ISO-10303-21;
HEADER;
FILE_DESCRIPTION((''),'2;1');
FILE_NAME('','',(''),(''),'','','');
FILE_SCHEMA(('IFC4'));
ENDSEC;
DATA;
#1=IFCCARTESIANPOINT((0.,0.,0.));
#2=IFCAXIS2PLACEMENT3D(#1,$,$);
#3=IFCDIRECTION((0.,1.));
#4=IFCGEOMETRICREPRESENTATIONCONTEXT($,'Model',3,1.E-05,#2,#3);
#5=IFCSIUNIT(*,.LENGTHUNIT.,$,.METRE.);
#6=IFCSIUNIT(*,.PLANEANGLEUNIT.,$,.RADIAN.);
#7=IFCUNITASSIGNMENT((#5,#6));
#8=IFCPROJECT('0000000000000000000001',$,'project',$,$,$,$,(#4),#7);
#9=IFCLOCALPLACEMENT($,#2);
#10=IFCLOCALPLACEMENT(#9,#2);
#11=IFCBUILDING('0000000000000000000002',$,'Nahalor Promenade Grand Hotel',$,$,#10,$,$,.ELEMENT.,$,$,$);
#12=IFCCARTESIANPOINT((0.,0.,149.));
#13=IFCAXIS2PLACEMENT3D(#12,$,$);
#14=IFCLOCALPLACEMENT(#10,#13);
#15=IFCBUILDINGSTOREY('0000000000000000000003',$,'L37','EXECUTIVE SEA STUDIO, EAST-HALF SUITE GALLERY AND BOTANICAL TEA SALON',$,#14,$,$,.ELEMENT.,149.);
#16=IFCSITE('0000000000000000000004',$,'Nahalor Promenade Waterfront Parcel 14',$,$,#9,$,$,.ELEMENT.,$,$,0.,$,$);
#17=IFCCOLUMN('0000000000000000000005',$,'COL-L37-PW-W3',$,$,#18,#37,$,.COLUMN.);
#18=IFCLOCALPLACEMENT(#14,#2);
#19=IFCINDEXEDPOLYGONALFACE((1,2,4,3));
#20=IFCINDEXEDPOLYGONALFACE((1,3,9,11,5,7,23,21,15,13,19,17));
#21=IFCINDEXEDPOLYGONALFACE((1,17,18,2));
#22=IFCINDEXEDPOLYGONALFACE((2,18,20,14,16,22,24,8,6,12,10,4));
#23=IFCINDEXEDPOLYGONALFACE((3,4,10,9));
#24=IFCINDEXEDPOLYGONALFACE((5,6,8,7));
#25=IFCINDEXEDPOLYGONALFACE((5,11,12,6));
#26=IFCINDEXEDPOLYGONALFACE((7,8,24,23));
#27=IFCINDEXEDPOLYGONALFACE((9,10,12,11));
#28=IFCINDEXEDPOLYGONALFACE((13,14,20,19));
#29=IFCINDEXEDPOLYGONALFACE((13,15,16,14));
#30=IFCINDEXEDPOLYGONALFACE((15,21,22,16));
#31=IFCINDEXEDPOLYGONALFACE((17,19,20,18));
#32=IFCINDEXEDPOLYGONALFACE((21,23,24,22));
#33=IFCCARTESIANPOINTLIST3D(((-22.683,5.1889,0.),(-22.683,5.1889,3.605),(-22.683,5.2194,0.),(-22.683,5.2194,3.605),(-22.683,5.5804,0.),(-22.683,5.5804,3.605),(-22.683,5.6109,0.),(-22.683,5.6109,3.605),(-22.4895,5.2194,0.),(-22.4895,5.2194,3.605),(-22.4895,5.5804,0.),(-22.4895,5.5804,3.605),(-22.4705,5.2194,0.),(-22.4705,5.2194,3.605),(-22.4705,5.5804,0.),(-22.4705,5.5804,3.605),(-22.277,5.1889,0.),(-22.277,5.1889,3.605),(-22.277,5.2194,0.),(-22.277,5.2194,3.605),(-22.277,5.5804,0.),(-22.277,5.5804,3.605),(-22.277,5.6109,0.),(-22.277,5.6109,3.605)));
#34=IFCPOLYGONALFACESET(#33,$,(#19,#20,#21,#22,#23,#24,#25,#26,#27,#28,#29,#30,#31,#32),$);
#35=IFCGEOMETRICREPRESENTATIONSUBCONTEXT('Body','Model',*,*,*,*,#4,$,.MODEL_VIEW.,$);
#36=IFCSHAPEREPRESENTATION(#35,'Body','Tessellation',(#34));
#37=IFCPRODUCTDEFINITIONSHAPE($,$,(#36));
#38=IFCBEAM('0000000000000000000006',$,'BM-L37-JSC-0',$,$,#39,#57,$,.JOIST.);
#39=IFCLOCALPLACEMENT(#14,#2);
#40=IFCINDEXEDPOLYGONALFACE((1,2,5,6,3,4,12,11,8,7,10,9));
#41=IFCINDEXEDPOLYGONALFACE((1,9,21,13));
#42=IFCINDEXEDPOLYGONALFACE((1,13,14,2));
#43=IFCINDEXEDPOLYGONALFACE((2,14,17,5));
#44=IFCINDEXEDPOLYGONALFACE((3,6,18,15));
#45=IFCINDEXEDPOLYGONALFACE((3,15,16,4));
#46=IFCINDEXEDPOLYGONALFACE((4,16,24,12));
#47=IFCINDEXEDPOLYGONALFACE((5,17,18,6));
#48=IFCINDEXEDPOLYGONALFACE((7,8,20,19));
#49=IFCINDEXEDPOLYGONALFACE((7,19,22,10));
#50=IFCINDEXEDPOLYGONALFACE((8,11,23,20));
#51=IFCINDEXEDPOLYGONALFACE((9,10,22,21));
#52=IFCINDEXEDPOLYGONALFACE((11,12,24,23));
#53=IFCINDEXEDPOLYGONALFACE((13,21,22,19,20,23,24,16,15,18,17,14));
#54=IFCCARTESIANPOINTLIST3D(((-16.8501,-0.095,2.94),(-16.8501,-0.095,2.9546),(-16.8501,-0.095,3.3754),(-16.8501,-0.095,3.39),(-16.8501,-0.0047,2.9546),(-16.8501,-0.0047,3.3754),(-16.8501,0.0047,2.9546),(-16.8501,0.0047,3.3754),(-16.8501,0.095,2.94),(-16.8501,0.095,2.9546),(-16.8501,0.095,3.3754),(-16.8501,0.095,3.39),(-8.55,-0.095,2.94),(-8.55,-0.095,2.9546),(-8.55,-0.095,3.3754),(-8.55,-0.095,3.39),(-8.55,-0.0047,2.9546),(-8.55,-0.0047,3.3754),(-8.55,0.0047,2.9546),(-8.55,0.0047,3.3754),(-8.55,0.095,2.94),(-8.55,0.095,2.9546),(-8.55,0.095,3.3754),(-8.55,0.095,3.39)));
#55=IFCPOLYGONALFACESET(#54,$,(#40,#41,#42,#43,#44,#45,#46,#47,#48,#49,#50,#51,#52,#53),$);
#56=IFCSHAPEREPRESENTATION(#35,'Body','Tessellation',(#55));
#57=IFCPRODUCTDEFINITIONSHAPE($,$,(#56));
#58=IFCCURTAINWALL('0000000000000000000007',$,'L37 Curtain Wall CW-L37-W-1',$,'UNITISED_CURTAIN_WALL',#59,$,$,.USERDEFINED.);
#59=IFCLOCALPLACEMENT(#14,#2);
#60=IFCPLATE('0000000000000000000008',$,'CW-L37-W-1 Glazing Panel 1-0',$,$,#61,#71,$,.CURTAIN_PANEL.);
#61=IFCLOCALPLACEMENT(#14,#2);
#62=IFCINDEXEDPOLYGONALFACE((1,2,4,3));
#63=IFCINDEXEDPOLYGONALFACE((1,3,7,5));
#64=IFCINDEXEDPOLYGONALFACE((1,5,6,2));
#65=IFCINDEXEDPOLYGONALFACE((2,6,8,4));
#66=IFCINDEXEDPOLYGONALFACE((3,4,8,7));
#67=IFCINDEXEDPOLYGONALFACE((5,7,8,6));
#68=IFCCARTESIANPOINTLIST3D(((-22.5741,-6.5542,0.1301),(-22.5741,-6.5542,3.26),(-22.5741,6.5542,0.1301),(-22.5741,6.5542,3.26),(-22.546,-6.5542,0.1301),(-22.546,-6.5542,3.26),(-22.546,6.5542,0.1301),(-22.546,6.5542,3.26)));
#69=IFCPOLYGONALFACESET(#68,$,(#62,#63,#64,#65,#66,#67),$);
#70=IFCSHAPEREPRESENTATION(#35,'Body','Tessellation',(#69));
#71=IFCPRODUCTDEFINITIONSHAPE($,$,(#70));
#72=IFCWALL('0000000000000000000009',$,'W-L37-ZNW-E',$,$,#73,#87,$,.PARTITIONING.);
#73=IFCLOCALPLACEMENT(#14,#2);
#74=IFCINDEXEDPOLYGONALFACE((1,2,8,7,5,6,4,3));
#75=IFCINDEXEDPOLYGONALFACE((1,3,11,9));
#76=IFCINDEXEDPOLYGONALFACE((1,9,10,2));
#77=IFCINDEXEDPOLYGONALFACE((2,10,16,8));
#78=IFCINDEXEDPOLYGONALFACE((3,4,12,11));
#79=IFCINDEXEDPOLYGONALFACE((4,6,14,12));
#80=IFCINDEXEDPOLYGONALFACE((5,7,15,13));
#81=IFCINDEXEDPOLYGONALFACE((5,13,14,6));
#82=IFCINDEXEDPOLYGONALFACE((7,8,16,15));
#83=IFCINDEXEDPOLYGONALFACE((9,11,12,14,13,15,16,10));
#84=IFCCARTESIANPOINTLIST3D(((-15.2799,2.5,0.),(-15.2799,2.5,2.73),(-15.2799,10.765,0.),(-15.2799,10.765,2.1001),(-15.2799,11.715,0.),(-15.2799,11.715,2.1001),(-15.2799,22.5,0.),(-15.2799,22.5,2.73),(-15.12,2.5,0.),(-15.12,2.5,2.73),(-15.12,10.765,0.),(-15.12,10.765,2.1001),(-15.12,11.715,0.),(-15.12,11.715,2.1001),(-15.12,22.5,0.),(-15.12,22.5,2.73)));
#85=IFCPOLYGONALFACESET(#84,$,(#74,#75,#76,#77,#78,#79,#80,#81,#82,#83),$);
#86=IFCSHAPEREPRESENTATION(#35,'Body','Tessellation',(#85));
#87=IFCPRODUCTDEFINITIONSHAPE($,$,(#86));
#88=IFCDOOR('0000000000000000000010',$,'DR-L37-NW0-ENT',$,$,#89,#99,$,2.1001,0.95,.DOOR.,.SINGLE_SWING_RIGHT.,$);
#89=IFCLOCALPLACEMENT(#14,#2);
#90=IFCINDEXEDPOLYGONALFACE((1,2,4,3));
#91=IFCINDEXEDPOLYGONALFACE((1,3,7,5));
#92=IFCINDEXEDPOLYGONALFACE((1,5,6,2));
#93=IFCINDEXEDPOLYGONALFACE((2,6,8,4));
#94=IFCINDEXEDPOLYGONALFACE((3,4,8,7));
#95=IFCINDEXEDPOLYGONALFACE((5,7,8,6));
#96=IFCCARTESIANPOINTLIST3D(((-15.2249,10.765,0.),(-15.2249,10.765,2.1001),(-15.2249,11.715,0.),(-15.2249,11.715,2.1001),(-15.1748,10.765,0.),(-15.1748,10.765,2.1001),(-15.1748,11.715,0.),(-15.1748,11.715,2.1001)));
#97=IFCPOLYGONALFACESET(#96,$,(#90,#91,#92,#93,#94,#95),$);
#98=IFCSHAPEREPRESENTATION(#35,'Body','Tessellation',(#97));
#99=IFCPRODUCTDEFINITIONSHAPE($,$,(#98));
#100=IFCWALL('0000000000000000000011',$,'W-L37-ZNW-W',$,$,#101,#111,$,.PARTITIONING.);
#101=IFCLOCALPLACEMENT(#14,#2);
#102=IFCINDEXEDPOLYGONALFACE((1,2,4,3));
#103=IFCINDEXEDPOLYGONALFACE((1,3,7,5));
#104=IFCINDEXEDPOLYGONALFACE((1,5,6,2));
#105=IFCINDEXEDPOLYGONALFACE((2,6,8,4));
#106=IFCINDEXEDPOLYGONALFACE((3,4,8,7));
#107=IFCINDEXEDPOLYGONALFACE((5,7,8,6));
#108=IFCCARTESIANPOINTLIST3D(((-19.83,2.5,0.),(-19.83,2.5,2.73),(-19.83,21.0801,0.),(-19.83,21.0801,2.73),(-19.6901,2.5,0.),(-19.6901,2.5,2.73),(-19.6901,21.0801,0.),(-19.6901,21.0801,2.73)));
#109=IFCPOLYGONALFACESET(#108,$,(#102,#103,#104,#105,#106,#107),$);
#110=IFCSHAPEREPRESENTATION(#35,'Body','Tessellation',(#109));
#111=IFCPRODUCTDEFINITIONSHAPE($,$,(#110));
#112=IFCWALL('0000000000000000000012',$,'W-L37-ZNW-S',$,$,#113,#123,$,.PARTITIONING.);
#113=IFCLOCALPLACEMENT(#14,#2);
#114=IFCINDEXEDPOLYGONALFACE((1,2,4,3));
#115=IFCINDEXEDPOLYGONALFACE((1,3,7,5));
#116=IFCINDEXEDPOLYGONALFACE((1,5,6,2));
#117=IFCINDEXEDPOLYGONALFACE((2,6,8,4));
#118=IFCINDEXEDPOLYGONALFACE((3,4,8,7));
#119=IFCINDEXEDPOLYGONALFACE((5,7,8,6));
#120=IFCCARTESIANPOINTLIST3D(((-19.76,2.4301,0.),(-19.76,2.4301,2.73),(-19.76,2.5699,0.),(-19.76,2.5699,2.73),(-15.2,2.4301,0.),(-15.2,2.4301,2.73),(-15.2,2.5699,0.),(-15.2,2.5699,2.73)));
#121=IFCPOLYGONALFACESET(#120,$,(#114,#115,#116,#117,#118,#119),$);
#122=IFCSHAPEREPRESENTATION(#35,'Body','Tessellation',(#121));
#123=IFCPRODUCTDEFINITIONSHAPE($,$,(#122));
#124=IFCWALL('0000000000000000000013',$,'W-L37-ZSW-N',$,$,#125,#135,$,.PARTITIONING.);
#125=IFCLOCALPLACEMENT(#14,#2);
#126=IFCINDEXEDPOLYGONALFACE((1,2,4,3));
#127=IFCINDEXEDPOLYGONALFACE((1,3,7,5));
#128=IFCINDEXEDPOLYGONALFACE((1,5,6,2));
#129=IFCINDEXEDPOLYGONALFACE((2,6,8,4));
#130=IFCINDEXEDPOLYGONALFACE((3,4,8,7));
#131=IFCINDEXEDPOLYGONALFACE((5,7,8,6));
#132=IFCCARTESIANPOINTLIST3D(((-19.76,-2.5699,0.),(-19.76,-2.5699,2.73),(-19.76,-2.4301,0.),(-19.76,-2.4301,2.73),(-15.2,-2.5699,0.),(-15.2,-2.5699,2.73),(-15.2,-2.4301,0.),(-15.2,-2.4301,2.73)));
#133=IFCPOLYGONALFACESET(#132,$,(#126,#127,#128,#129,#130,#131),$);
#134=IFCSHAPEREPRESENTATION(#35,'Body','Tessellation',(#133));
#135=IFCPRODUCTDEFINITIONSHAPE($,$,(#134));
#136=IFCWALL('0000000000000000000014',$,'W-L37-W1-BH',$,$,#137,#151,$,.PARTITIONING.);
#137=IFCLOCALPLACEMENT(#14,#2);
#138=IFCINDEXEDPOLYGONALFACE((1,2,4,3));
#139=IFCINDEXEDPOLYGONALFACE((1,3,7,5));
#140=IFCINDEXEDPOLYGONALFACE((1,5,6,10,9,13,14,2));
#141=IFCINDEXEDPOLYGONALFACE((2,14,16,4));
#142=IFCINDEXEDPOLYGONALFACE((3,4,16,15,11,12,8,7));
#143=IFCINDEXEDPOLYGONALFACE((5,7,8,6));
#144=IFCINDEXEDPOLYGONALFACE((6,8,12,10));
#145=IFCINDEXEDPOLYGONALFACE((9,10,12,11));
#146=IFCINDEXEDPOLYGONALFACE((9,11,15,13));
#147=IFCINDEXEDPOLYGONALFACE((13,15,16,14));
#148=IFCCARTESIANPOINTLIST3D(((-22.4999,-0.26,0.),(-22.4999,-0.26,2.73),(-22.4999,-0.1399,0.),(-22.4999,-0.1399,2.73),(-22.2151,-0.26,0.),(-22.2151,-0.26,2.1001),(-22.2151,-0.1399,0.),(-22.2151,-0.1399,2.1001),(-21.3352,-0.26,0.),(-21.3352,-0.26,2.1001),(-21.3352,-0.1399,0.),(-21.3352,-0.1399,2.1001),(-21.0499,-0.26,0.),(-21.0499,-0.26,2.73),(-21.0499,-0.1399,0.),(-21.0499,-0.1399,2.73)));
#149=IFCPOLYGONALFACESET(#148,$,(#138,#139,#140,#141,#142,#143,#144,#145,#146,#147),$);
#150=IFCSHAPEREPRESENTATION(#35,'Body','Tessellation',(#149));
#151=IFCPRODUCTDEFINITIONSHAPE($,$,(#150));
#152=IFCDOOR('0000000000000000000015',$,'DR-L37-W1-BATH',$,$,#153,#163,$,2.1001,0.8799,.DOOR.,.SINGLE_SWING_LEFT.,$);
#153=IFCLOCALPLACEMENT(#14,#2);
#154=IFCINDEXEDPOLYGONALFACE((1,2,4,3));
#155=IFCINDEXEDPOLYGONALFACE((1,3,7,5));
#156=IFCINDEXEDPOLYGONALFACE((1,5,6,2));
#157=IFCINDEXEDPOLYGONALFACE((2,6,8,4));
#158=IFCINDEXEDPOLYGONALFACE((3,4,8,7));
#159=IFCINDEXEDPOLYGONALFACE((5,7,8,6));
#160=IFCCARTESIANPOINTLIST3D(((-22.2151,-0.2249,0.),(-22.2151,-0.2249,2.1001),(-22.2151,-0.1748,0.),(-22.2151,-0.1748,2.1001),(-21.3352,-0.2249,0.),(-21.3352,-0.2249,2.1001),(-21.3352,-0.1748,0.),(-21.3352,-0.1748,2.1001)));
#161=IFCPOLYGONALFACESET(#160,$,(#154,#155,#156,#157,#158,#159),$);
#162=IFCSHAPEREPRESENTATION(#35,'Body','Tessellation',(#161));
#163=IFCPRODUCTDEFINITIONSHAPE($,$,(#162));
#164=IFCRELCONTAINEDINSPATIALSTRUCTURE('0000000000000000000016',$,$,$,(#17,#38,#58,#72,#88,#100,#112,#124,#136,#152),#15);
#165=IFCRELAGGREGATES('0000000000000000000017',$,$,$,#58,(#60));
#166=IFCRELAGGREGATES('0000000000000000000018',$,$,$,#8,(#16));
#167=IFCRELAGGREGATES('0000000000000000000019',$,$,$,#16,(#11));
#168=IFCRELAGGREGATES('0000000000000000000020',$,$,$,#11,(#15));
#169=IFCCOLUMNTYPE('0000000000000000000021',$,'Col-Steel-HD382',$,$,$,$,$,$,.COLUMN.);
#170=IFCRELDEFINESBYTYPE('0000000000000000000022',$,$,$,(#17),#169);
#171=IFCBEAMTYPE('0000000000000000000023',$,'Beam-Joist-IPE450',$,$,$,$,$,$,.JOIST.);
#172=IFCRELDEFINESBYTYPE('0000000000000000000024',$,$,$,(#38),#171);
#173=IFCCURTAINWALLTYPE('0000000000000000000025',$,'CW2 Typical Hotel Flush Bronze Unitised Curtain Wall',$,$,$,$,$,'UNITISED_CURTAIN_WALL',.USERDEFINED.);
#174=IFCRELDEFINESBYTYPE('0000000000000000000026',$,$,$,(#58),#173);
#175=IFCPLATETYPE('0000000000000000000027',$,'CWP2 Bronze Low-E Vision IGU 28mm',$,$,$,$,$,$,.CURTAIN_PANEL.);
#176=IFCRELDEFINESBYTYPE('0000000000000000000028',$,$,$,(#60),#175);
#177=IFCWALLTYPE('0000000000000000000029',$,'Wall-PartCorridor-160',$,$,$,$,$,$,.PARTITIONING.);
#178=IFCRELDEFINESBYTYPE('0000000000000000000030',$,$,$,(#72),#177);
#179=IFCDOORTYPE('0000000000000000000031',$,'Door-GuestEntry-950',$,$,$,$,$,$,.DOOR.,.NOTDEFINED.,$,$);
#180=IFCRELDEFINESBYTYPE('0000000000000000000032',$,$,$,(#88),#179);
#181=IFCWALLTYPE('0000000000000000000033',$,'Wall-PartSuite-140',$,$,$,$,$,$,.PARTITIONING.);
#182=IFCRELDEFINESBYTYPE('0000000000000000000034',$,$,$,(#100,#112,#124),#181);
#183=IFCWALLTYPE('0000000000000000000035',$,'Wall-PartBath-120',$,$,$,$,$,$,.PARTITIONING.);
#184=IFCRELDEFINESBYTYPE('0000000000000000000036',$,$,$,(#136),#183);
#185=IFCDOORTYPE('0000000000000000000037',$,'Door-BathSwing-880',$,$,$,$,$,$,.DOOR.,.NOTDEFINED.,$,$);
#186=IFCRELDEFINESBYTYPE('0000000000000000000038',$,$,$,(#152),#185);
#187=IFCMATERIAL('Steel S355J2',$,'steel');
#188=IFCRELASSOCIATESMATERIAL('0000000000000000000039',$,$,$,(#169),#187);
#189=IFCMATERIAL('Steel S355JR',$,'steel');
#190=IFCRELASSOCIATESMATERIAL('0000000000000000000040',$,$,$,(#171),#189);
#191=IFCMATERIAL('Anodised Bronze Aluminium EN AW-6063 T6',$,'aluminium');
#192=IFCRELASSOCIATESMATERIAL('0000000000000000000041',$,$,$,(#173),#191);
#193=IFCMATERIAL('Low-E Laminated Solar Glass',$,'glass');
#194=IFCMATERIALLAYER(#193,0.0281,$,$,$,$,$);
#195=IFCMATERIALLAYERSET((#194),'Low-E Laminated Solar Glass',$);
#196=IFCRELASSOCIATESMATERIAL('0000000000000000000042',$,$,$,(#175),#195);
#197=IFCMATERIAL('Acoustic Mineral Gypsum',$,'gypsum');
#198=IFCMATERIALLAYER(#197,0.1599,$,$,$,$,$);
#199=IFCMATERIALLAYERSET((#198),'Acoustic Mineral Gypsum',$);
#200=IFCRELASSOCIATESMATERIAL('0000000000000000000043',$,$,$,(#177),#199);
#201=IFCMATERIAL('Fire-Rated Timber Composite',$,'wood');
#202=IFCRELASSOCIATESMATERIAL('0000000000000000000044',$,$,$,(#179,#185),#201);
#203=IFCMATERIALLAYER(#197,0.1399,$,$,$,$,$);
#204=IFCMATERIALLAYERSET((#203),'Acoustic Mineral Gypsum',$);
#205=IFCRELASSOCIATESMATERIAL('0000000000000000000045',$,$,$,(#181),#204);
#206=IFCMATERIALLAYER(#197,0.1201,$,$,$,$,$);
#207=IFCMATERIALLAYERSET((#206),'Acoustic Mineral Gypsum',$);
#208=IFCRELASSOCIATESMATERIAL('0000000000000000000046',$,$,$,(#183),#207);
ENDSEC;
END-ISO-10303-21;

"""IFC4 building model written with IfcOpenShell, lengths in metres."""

from ifc_helpers import new_model, si_unit, direction, frame, frame_2d, origin, origin_2d, place, context, subcontext, project, spatial, rectangle, i_section, extrude, source, transform, mapped, material, layer, layer_set, material_profile, profile_set, type_object, element, fill, aggregate, save


model = new_model("IFC4")

# Units and contexts
model_context = context("Model", 3, precision=1e-05, world=origin(), true_north=direction((0.0, 1.0)))
body_context = subcontext(model_context, "Body", "Model", "MODEL_VIEW")
ifc_project = project(units=[si_unit("LENGTHUNIT", "METRE"), si_unit("PLANEANGLEUNIT", "RADIAN")], contexts=[model_context])

# Site, building, storey
site_placement = place(None, origin())
site = spatial("IfcSite", under=ifc_project, at=site_placement, Name="Nahalor Promenade Waterfront Parcel 14", CompositionType="ELEMENT", RefElevation=0.0)
building_placement = place(site_placement, origin())
building = spatial("IfcBuilding", under=site, at=building_placement, Name="Nahalor Promenade Grand Hotel", CompositionType="ELEMENT")
storey_placement = place(building_placement, frame((0.0, 0.0, 149.0)))
storey = spatial("IfcBuildingStorey", under=building, at=storey_placement, Name="L37", Description="EXECUTIVE SEA STUDIO, EAST-HALF SUITE GALLERY AND BOTANICAL TEA SALON", CompositionType="ELEMENT", Elevation=149.0)

# Column
ifc_material_1 = material(Name="Steel S355J2", Category="steel")
ifc_material_profile_1 = material_profile(ifc_material_1, i_section(OverallWidth=0.406, OverallDepth=0.422, WebThickness=0.019, FlangeThickness=0.0305, at=origin_2d()), Name="HD 400x382")
ifc_profile_set_1 = profile_set([ifc_material_profile_1], Name="Steel S355J2")
column_type = type_object("IfcColumnType", Name="Col-Steel-HD382", PredefinedType="COLUMN", material=ifc_profile_set_1)
shared_shape_1 = source(origin(), body_context, "Body", "SweptSolid", [
    extrude(i_section(OverallWidth=0.406, OverallDepth=0.422, WebThickness=0.019, FlangeThickness=0.0305, at=origin_2d()), origin(), (0.0, 0.0, 1.0), 3.605),
])
column_placement = place(storey_placement, frame((-22.48, 5.3999, 0.0), z_axis=(0.0, 0.0, 1.0), x_axis=(1.0, 0.0, 0.0)))
element("IfcColumn", 1, at=column_placement, inside=storey, type_object=column_type, Name="COL-L37-PW-W3", PredefinedType="COLUMN", context=body_context, shape_type="MappedRepresentation", body=[
    mapped(shared_shape_1, transform((0.0, 0.0, 0.0), scale=1.0)),
])

# Beam
ifc_material_2 = material(Name="Steel S355JR", Category="steel")
ifc_material_profile_2 = material_profile(ifc_material_2, i_section(OverallWidth=0.19, OverallDepth=0.45, WebThickness=0.0094, FlangeThickness=0.0146, at=origin_2d()), Name="IPE 450")
ifc_profile_set_2 = profile_set([ifc_material_profile_2], Name="Steel S355JR")
beam_type = type_object("IfcBeamType", Name="Beam-Joist-IPE450", PredefinedType="JOIST", material=ifc_profile_set_2)
shared_shape_2 = source(origin(), body_context, "Body", "SweptSolid", [
    extrude(i_section(OverallWidth=0.19, OverallDepth=0.45, WebThickness=0.0094, FlangeThickness=0.0146, at=origin_2d()), origin(), (0.0, 0.0, 1.0), 8.3),
])
beam_placement = place(storey_placement, frame((-16.8501, 0.0, 3.165), z_axis=(1.0, 0.0, 0.0), x_axis=(0.0, 1.0, 0.0)))
element("IfcBeam", 2, at=beam_placement, inside=storey, type_object=beam_type, Name="BM-L37-JSC-0", PredefinedType="JOIST", context=body_context, shape_type="MappedRepresentation", body=[
    mapped(shared_shape_2, transform((0.0, 0.0, 0.0), scale=1.0)),
])

# Curtain wall, plate
ifc_material_3 = material(Name="Anodised Bronze Aluminium EN AW-6063 T6", Category="aluminium")
curtain_wall_type = type_object("IfcCurtainWallType", Name="CW2 Typical Hotel Flush Bronze Unitised Curtain Wall", ElementType="UNITISED_CURTAIN_WALL", PredefinedType="USERDEFINED", material=ifc_material_3)
curtain_wall_placement = place(storey_placement, origin())
curtain_wall = element("IfcCurtainWall", 3, at=curtain_wall_placement, inside=storey, type_object=curtain_wall_type, Name="L37 Curtain Wall CW-L37-W-1", ObjectType="UNITISED_CURTAIN_WALL", PredefinedType="USERDEFINED")
ifc_material_4 = material(Name="Low-E Laminated Solar Glass", Category="glass")
ifc_layer_1 = layer(ifc_material_4, 0.0281)
ifc_layer_set_1 = layer_set([ifc_layer_1], Name="Low-E Laminated Solar Glass")
plate_type = type_object("IfcPlateType", Name="CWP2 Bronze Low-E Vision IGU 28mm", PredefinedType="CURTAIN_PANEL", material=ifc_layer_set_1)
shared_shape_3 = source(origin(), body_context, "Body", "SweptSolid", [
    extrude(rectangle(XDim=13.1084, YDim=0.0281, at=origin_2d()), origin(), (0.0, 0.0, 1.0), 3.1299),
])
plate_placement = place(storey_placement, frame((-22.5601, 0.0, 0.1301), z_axis=(0.0, 0.0, 1.0), x_axis=(0.0, 1.0, 0.0)))
plate = element("IfcPlate", 4, at=plate_placement, type_object=plate_type, Name="CW-L37-W-1 Glazing Panel 1-0", PredefinedType="CURTAIN_PANEL", context=body_context, shape_type="MappedRepresentation", body=[
    mapped(shared_shape_3, transform((0.0, 0.0, 0.0), scale=1.0)),
])
aggregate(curtain_wall, [plate])

# Wall, opening, door
ifc_material_5 = material(Name="Acoustic Mineral Gypsum", Category="gypsum")
ifc_layer_2 = layer(ifc_material_5, 0.1599)
ifc_layer_set_2 = layer_set([ifc_layer_2], Name="Acoustic Mineral Gypsum")
wall_type_1 = type_object("IfcWallType", Name="Wall-PartCorridor-160", PredefinedType="PARTITIONING", material=ifc_layer_set_2)
shared_shape_4 = source(origin(), body_context, "Body", "SweptSolid", [
    extrude(rectangle(XDim=20.0, YDim=0.1599, at=frame_2d((10.0, 0.0))), origin(), (0.0, 0.0, 1.0), 2.73),
])
wall_1_placement = place(storey_placement, frame((-15.2, 2.5, 0.0), z_axis=(0.0, 0.0, 1.0), x_axis=(0.0, 1.0, 0.0)))
wall_1 = element("IfcWall", 5, at=wall_1_placement, inside=storey, type_object=wall_type_1, Name="W-L37-ZNW-E", PredefinedType="PARTITIONING", context=body_context, shape_type="MappedRepresentation", body=[
    mapped(shared_shape_4, transform((0.0, 0.0, 0.0), scale=1.0)),
])
opening_1_placement = place(wall_1_placement, frame((8.2649, 0.0, 0.0)))
opening_1 = element("IfcOpeningElement", 6, at=opening_1_placement, cuts=wall_1, PredefinedType="OPENING", context=body_context, shape_type="SweptSolid", body=[
    extrude(rectangle(XDim=0.95, YDim=2.1001, at=frame_2d((0.4751, 1.05))), frame((0.0, 0.0898, 0.0), z_axis=(0.0, -1.0, 0.0), x_axis=(1.0, 0.0, 0.0)), (0.0, 0.0, 1.0), 0.1799),
])
ifc_material_6 = material(Name="Fire-Rated Timber Composite", Category="wood")
door_type_1 = type_object("IfcDoorType", Name="Door-GuestEntry-950", OperationType="NOTDEFINED", PredefinedType="DOOR", material=ifc_material_6)
shared_shape_5 = source(origin(), body_context, "Body", "SweptSolid", [
    extrude(rectangle(XDim=0.95, YDim=2.1001, at=frame_2d((0.4751, 1.05))), frame((0.0, 0.0249, 0.0), z_axis=(0.0, -1.0, 0.0), x_axis=(1.0, 0.0, 0.0)), (0.0, 0.0, 1.0), 0.05),
])
door_1_placement = place(opening_1_placement, origin())
door_1 = element("IfcDoor", 7, at=door_1_placement, inside=storey, type_object=door_type_1, Name="DR-L37-NW0-ENT", OperationType="SINGLE_SWING_RIGHT", OverallHeight=2.1001, OverallWidth=0.95, PredefinedType="DOOR", context=body_context, shape_type="MappedRepresentation", body=[
    mapped(shared_shape_5, transform((0.0, 0.0, 0.0), scale=1.0)),
])
fill(opening_1, door_1)

# Walls
ifc_layer_3 = layer(ifc_material_5, 0.1399)
ifc_layer_set_3 = layer_set([ifc_layer_3], Name="Acoustic Mineral Gypsum")
wall_type_2 = type_object("IfcWallType", Name="Wall-PartSuite-140", PredefinedType="PARTITIONING", material=ifc_layer_set_3)
shared_shape_6 = source(origin(), body_context, "Body", "SweptSolid", [
    extrude(rectangle(XDim=18.5801, YDim=0.1399, at=frame_2d((9.29, 0.0))), origin(), (0.0, 0.0, 1.0), 2.73),
])
wall_2_placement = place(storey_placement, frame((-19.76, 2.5, 0.0), z_axis=(0.0, 0.0, 1.0), x_axis=(0.0, 1.0, 0.0)))
element("IfcWall", 8, at=wall_2_placement, inside=storey, type_object=wall_type_2, Name="W-L37-ZNW-W", PredefinedType="PARTITIONING", context=body_context, shape_type="MappedRepresentation", body=[
    mapped(shared_shape_6, transform((0.0, 0.0, 0.0), scale=1.0)),
])
shared_shape_7 = source(origin(), body_context, "Body", "SweptSolid", [
    extrude(rectangle(XDim=4.5601, YDim=0.1399, at=frame_2d((2.28, 0.0))), origin(), (0.0, 0.0, 1.0), 2.73),
])
for number, where, z_axis, x_axis, name in (
    (9, (-19.76, 2.5, 0.0), (0.0, 0.0, 1.0), (1.0, 0.0, 0.0), "W-L37-ZNW-S"),
    (10, (-19.76, -2.5, 0.0), (0.0, 0.0, 1.0), (1.0, 0.0, 0.0), "W-L37-ZSW-N"),
):
    element("IfcWall", number, at=place(storey_placement, frame(where, z_axis=z_axis, x_axis=x_axis)), inside=storey, type_object=wall_type_2, Name=name, PredefinedType="PARTITIONING", context=body_context, shape_type="MappedRepresentation", body=[
        mapped(shared_shape_7, transform((0.0, 0.0, 0.0), scale=1.0)),
    ])

# Wall, opening, door
ifc_layer_4 = layer(ifc_material_5, 0.1201)
ifc_layer_set_4 = layer_set([ifc_layer_4], Name="Acoustic Mineral Gypsum")
wall_type_3 = type_object("IfcWallType", Name="Wall-PartBath-120", PredefinedType="PARTITIONING", material=ifc_layer_set_4)
shared_shape_8 = source(origin(), body_context, "Body", "SweptSolid", [
    extrude(rectangle(XDim=1.45, YDim=0.1201, at=frame_2d((0.7251, 0.0))), origin(), (0.0, 0.0, 1.0), 2.73),
])
wall_3_placement = place(storey_placement, frame((-22.5, -0.2, 0.0), z_axis=(0.0, 0.0, 1.0), x_axis=(1.0, 0.0, 0.0)))
wall_3 = element("IfcWall", 11, at=wall_3_placement, inside=storey, type_object=wall_type_3, Name="W-L37-W1-BH", PredefinedType="PARTITIONING", context=body_context, shape_type="MappedRepresentation", body=[
    mapped(shared_shape_8, transform((0.0, 0.0, 0.0), scale=1.0)),
])
opening_2_placement = place(wall_3_placement, frame((0.2849, 0.0, 0.0)))
opening_2 = element("IfcOpeningElement", 12, at=opening_2_placement, cuts=wall_3, PredefinedType="OPENING", context=body_context, shape_type="SweptSolid", body=[
    extrude(rectangle(XDim=0.8799, YDim=2.1001, at=frame_2d((0.4399, 1.05))), frame((0.0, 0.0701, 0.0), z_axis=(0.0, -1.0, 0.0), x_axis=(1.0, 0.0, 0.0)), (0.0, 0.0, 1.0), 0.1401),
])
door_type_2 = type_object("IfcDoorType", Name="Door-BathSwing-880", OperationType="NOTDEFINED", PredefinedType="DOOR", material=ifc_material_6)
shared_shape_9 = source(origin(), body_context, "Body", "SweptSolid", [
    extrude(rectangle(XDim=0.8799, YDim=2.1001, at=frame_2d((0.4399, 1.05))), frame((0.0, 0.0249, 0.0), z_axis=(0.0, -1.0, 0.0), x_axis=(1.0, 0.0, 0.0)), (0.0, 0.0, 1.0), 0.05),
])
door_2_placement = place(opening_2_placement, frame((0.8799, 0.0, 0.0), z_axis=(0.0, 0.0, 1.0), x_axis=(-1.0, 0.0, 0.0)))
door_2 = element("IfcDoor", 13, at=door_2_placement, inside=storey, type_object=door_type_2, Name="DR-L37-W1-BATH", OperationType="SINGLE_SWING_LEFT", OverallHeight=2.1001, OverallWidth=0.8799, PredefinedType="DOOR", context=body_context, shape_type="MappedRepresentation", body=[
    mapped(shared_shape_9, transform((0.0, 0.0, 0.0), scale=1.0)),
])
fill(opening_2, door_2)

save(model, "model.ifc")
